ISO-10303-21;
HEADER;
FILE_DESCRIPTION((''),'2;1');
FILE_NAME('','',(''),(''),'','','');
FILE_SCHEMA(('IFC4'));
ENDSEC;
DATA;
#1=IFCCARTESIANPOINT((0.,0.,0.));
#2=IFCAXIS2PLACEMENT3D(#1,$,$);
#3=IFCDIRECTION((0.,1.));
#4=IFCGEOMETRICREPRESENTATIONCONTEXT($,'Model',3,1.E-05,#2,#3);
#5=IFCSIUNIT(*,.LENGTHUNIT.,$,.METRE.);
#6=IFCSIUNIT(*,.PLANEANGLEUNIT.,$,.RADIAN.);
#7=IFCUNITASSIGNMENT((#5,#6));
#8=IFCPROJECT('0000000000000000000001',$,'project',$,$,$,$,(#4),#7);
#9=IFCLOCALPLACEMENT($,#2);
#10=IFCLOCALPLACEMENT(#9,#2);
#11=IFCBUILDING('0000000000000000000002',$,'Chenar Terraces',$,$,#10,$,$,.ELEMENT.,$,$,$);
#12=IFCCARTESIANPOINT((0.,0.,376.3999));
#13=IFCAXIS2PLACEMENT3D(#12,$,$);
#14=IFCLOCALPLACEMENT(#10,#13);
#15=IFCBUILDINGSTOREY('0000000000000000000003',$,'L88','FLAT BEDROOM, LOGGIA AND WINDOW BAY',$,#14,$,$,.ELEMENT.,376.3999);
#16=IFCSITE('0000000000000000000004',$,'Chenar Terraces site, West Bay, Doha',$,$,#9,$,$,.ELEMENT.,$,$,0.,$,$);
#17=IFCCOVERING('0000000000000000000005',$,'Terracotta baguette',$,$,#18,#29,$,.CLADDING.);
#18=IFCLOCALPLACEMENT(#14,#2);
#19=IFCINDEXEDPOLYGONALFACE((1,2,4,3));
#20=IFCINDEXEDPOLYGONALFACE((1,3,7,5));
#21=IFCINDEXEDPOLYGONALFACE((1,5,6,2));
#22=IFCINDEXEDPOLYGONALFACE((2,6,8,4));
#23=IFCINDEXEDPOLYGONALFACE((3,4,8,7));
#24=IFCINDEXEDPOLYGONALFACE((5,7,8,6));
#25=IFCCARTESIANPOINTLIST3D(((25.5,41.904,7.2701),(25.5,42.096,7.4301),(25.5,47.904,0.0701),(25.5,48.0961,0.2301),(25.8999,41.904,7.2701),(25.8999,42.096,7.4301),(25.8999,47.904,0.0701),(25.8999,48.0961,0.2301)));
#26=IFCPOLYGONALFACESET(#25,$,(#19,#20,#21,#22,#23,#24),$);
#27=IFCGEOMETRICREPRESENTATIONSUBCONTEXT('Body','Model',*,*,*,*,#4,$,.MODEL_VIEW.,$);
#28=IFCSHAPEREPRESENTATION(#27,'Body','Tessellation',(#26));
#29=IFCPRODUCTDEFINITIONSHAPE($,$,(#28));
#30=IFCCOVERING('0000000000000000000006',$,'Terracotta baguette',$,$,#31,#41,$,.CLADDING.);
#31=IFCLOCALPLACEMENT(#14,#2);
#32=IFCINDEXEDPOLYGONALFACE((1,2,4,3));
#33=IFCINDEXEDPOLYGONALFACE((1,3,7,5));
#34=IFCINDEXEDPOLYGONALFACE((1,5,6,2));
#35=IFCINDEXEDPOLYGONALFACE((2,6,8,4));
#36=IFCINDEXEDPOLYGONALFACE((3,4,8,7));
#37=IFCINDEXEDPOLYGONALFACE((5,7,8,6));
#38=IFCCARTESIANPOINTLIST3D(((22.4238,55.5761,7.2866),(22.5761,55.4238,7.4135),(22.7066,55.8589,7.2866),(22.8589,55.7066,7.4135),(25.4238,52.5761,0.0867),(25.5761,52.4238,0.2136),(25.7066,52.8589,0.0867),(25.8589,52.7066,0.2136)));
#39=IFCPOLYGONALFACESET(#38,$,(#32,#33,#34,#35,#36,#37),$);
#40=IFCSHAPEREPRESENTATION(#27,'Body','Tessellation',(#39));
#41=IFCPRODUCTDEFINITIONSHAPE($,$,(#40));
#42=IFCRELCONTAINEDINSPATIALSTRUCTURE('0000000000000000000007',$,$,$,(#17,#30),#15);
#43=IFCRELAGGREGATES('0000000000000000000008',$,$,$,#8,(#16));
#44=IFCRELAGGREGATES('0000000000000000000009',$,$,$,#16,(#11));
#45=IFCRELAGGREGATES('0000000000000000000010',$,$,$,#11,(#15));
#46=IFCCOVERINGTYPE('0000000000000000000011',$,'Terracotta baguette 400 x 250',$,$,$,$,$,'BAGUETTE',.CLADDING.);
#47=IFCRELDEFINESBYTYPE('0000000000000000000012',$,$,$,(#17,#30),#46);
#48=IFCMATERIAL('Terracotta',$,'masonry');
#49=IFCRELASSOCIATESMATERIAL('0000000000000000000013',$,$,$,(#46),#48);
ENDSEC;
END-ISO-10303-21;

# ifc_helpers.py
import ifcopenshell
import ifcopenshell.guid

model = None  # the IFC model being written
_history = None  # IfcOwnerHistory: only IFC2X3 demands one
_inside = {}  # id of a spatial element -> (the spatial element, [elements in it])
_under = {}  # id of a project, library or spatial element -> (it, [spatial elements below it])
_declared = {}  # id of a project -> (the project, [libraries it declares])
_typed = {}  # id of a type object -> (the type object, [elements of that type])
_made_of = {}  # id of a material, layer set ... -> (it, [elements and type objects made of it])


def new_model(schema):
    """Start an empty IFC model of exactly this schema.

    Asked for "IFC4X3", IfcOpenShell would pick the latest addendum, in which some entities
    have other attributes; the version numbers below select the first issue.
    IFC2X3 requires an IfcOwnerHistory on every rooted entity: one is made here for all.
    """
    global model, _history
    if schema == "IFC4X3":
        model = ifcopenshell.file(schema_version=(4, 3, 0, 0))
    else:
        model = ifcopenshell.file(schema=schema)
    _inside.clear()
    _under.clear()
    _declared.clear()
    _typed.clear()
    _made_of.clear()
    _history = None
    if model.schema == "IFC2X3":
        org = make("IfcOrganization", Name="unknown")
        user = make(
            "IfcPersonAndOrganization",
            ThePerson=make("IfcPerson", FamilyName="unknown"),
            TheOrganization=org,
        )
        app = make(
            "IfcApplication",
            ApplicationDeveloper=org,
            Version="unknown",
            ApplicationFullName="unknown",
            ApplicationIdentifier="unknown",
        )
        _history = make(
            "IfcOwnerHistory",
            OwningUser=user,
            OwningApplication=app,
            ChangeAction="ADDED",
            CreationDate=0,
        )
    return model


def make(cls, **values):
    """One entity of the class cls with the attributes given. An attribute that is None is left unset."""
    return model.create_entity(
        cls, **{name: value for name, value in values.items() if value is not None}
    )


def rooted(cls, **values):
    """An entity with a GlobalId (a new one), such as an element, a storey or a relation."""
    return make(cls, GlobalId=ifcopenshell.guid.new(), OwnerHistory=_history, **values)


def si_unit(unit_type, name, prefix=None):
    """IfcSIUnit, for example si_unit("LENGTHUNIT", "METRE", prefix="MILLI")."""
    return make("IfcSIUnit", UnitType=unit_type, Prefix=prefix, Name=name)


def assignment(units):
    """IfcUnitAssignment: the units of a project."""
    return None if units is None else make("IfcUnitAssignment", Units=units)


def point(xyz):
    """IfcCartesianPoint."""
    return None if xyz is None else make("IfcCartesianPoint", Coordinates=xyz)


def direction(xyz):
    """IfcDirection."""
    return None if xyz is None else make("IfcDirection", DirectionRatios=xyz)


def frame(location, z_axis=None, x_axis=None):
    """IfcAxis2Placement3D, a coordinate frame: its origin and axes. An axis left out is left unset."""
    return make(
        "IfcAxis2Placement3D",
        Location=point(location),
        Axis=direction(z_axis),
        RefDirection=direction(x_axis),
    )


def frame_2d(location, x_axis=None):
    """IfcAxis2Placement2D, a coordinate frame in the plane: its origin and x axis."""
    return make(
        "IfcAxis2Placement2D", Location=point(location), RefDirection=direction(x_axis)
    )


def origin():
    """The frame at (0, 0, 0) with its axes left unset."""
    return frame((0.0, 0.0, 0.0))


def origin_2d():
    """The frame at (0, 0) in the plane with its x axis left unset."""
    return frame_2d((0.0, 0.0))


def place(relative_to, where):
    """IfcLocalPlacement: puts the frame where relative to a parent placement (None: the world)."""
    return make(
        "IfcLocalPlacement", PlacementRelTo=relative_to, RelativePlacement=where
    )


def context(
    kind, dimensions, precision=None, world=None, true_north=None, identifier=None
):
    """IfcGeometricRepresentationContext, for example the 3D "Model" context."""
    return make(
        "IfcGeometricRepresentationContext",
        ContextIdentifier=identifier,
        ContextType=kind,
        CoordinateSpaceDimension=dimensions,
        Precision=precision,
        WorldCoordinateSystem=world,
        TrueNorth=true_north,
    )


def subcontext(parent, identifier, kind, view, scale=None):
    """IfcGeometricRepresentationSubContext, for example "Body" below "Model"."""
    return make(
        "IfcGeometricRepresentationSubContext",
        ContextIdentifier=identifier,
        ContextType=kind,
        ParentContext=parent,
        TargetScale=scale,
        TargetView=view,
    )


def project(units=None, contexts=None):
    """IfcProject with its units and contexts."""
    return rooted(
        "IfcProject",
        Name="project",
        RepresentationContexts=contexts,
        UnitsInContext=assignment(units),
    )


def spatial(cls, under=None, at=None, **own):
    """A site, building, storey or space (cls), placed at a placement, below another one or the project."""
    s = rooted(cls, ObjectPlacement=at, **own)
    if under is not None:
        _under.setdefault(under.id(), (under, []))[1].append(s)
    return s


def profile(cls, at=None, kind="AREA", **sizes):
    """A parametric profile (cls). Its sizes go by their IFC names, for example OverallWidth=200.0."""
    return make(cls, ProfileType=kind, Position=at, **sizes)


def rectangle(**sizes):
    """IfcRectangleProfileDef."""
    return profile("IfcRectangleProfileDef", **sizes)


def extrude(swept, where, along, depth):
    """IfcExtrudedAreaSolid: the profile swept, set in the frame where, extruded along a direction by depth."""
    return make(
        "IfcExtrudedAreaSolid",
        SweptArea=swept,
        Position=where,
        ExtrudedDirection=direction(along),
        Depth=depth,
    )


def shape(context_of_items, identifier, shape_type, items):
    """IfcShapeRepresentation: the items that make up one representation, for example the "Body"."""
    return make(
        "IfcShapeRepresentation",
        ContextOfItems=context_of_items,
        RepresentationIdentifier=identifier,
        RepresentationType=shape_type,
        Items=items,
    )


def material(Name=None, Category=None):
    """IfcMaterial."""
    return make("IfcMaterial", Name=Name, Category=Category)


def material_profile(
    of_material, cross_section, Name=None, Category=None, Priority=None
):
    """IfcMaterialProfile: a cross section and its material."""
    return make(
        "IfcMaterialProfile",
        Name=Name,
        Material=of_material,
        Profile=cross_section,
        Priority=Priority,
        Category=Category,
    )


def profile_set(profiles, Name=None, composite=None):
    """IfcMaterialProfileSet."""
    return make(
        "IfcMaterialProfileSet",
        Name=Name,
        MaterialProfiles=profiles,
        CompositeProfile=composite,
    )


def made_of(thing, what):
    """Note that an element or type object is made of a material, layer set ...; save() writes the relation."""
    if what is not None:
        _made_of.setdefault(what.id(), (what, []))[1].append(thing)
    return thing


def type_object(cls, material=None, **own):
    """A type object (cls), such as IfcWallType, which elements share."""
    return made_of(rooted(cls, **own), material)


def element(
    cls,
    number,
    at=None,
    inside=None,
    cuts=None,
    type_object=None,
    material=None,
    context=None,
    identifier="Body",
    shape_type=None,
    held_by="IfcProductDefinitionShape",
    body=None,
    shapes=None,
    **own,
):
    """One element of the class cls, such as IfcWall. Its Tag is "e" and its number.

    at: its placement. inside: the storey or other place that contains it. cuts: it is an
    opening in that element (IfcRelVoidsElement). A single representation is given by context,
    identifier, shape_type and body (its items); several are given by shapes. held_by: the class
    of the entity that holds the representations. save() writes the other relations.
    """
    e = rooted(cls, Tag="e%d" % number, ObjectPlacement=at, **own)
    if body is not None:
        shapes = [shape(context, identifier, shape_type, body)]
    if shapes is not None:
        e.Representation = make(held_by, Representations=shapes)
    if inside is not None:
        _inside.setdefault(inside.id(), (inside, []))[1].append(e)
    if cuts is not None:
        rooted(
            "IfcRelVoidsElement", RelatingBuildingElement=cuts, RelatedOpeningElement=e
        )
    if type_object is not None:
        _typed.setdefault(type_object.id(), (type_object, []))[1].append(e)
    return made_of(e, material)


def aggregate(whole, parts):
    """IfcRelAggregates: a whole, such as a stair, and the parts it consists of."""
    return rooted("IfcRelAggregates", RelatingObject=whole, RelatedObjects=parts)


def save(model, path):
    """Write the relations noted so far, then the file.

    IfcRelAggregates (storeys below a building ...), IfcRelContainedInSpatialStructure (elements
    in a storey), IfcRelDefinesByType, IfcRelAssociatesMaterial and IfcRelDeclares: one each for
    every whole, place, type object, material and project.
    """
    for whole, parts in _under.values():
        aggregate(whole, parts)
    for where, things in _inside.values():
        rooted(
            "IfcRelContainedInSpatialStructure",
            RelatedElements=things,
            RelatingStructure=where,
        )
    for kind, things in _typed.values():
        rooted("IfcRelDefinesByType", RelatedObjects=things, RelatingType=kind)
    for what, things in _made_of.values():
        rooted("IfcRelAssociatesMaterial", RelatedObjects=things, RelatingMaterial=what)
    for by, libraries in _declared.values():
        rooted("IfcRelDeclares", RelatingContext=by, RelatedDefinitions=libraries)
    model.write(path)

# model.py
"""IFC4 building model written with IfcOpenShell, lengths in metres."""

from ifc_helpers import new_model, si_unit, direction, frame, origin, origin_2d, place, context, subcontext, project, spatial, rectangle, extrude, material, material_profile, profile_set, type_object, element, save


model = new_model("IFC4")

# Units and contexts
model_context = context("Model", 3, precision=1e-05, world=origin(), true_north=direction((0.0, 1.0)))
body_context = subcontext(model_context, "Body", "Model", "MODEL_VIEW")
ifc_project = project(units=[si_unit("LENGTHUNIT", "METRE"), si_unit("PLANEANGLEUNIT", "RADIAN")], contexts=[model_context])

# Site, building, storey
site_placement = place(None, origin())
site = spatial("IfcSite", under=ifc_project, at=site_placement, Name="Chenar Terraces site, West Bay, Doha", CompositionType="ELEMENT", RefElevation=0.0)
building_placement = place(site_placement, origin())
building = spatial("IfcBuilding", under=site, at=building_placement, Name="Chenar Terraces", CompositionType="ELEMENT")
storey_placement = place(building_placement, frame((0.0, 0.0, 376.3999)))
storey = spatial("IfcBuildingStorey", under=building, at=storey_placement, Name="L88", Description="FLAT BEDROOM, LOGGIA AND WINDOW BAY", CompositionType="ELEMENT", Elevation=376.3999)

# Coverings
ifc_material_1 = material(Name="Terracotta", Category="masonry")
ifc_material_profile_1 = material_profile(ifc_material_1, rectangle(XDim=0.3999, YDim=0.25, at=origin_2d()), Name="Terracotta baguette 400 x 250")
ifc_profile_set_1 = profile_set([ifc_material_profile_1], Name="Terracotta")
covering_type = type_object("IfcCoveringType", Name="Terracotta baguette 400 x 250", ElementType="BAGUETTE", PredefinedType="CLADDING", material=ifc_profile_set_1)
covering_1_placement = place(storey_placement, frame((25.7, 42.0, 7.3501), z_axis=(0.0, 0.640187, -0.768219), x_axis=(-1.0, 0.0, 0.0)))
element("IfcCovering", 1, at=covering_1_placement, inside=storey, type_object=covering_type, Name="Terracotta baguette", PredefinedType="CLADDING", context=body_context, shape_type="SweptSolid", body=[
    extrude(rectangle(XDim=0.3999, YDim=0.25, at=origin_2d()), origin(), (0.0, 0.0, 1.0), 9.3723),
])
covering_2_placement = place(storey_placement, frame((25.6414, 52.6414, 0.1501), z_axis=(-0.358981, 0.358981, 0.861548), x_axis=(-0.707107, -0.707107, 0.0)))
element("IfcCovering", 2, at=covering_2_placement, inside=storey, type_object=covering_type, Name="Terracotta baguette", PredefinedType="CLADDING", context=body_context, shape_type="SweptSolid", body=[
    extrude(rectangle(XDim=0.3999, YDim=0.25, at=origin_2d()), origin(), (0.0, 0.0, 1.0), 8.3569),
])

save(model, "model.ifc")
